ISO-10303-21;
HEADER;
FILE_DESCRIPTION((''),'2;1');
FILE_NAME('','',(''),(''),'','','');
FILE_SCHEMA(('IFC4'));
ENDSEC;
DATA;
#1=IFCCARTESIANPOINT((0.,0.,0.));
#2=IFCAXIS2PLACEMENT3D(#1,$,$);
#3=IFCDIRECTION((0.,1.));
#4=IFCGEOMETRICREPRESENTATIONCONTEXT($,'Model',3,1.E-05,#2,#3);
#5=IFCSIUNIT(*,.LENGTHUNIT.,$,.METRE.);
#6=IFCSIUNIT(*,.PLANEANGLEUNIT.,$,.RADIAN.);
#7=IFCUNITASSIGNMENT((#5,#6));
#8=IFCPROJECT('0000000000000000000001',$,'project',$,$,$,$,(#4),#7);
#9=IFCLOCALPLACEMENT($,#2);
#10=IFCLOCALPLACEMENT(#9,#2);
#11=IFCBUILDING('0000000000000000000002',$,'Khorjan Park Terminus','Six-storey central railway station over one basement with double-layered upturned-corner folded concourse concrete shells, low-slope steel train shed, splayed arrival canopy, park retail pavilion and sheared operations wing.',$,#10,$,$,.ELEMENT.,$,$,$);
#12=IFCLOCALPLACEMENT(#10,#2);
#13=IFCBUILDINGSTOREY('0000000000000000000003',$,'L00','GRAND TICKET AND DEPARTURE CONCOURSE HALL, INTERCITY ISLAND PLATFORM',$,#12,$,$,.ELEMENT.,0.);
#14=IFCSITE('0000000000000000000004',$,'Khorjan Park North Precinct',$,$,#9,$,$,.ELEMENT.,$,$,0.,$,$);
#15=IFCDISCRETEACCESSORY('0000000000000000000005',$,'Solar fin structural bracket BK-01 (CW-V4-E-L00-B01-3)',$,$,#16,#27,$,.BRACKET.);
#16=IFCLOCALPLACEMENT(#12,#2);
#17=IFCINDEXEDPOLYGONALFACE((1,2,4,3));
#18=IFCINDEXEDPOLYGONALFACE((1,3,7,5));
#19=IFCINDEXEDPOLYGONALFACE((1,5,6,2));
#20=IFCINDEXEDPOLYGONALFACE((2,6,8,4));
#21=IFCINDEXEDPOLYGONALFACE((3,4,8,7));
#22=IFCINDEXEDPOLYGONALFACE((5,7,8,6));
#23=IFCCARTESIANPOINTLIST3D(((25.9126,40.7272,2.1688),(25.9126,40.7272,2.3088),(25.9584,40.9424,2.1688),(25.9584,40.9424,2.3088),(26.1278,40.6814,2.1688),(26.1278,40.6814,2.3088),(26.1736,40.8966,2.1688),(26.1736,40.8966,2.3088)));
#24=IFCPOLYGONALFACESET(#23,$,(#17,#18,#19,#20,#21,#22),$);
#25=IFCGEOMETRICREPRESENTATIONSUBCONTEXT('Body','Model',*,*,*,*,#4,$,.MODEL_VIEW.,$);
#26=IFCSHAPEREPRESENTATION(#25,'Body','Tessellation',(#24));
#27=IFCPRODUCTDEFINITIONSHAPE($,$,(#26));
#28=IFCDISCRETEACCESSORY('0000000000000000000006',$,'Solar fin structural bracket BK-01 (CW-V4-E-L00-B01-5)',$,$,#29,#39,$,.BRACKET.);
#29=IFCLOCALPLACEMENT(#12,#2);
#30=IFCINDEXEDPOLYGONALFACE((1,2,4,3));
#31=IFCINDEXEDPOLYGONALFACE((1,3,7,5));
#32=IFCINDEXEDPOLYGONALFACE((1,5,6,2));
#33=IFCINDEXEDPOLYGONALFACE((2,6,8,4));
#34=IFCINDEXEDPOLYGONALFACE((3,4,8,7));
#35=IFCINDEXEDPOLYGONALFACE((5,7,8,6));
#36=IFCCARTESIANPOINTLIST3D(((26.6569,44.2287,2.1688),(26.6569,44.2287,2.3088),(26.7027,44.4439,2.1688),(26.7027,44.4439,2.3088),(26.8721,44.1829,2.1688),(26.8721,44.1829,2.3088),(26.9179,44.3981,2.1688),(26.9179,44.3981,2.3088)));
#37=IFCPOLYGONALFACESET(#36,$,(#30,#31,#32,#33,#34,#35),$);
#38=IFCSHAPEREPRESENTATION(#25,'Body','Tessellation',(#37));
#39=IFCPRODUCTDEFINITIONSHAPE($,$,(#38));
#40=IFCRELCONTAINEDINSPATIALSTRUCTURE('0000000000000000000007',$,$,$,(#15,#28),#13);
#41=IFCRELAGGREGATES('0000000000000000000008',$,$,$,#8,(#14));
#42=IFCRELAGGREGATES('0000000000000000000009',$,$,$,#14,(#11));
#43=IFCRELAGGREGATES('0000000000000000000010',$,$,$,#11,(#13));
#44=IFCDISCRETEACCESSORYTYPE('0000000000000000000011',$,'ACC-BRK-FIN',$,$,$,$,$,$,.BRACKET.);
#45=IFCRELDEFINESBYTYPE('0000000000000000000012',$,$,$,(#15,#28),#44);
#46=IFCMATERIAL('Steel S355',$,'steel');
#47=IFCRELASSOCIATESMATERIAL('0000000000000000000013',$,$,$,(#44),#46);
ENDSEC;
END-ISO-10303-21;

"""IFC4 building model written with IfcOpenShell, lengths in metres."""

from ifc_helpers import new_model, si_unit, direction, frame, origin, origin_2d, place, context, subcontext, project, spatial, rectangle, extrude, material, type_object, element, save


model = new_model("IFC4")

# Units and contexts
model_context = context("Model", 3, precision=1e-05, world=origin(), true_north=direction((0.0, 1.0)))
body_context = subcontext(model_context, "Body", "Model", "MODEL_VIEW")
ifc_project = project(units=[si_unit("LENGTHUNIT", "METRE"), si_unit("PLANEANGLEUNIT", "RADIAN")], contexts=[model_context])

# Site, building, storey
site_placement = place(None, origin())
site = spatial("IfcSite", under=ifc_project, at=site_placement, Name="Khorjan Park North Precinct", CompositionType="ELEMENT", RefElevation=0.0)
building_placement = place(site_placement, origin())
building = spatial("IfcBuilding", under=site, at=building_placement, Name="Khorjan Park Terminus", Description="Six-storey central railway station over one basement with double-layered upturned-corner folded concourse concrete shells, low-slope steel train shed, splayed arrival canopy, park retail pavilion and sheared operations wing.", CompositionType="ELEMENT")
storey_placement = place(building_placement, origin())
storey = spatial("IfcBuildingStorey", under=building, at=storey_placement, Name="L00", Description="GRAND TICKET AND DEPARTURE CONCOURSE HALL, INTERCITY ISLAND PLATFORM", CompositionType="ELEMENT", Elevation=0.0)

# Discrete accessories
ifc_material_1 = material(Name="Steel S355", Category="steel")
discrete_accessory_type = type_object("IfcDiscreteAccessoryType", Name="ACC-BRK-FIN", PredefinedType="BRACKET", material=ifc_material_1)
for number, where, z_axis, x_axis, name in (
    (1, (26.0431, 40.8119, 2.1688), (0.0, 0.0, 1.0), (0.207917, 0.978147, 0.0), "Solar fin structural bracket BK-01 (CW-V4-E-L00-B01-3)"),
    (2, (26.7874, 44.3134, 2.1688), (0.0, 0.0, 1.0), (0.207917, 0.978147, 0.0), "Solar fin structural bracket BK-01 (CW-V4-E-L00-B01-5)"),
):
    element("IfcDiscreteAccessory", number, at=place(storey_placement, frame(where, z_axis=z_axis, x_axis=x_axis)), inside=storey, type_object=discrete_accessory_type, Name=name, PredefinedType="BRACKET", context=body_context, shape_type="SweptSolid", body=[
        extrude(rectangle(XDim=0.22, YDim=0.22, at=origin_2d()), origin(), (0.0, 0.0, 1.0), 0.14),
    ])

save(model, "model.ifc")
